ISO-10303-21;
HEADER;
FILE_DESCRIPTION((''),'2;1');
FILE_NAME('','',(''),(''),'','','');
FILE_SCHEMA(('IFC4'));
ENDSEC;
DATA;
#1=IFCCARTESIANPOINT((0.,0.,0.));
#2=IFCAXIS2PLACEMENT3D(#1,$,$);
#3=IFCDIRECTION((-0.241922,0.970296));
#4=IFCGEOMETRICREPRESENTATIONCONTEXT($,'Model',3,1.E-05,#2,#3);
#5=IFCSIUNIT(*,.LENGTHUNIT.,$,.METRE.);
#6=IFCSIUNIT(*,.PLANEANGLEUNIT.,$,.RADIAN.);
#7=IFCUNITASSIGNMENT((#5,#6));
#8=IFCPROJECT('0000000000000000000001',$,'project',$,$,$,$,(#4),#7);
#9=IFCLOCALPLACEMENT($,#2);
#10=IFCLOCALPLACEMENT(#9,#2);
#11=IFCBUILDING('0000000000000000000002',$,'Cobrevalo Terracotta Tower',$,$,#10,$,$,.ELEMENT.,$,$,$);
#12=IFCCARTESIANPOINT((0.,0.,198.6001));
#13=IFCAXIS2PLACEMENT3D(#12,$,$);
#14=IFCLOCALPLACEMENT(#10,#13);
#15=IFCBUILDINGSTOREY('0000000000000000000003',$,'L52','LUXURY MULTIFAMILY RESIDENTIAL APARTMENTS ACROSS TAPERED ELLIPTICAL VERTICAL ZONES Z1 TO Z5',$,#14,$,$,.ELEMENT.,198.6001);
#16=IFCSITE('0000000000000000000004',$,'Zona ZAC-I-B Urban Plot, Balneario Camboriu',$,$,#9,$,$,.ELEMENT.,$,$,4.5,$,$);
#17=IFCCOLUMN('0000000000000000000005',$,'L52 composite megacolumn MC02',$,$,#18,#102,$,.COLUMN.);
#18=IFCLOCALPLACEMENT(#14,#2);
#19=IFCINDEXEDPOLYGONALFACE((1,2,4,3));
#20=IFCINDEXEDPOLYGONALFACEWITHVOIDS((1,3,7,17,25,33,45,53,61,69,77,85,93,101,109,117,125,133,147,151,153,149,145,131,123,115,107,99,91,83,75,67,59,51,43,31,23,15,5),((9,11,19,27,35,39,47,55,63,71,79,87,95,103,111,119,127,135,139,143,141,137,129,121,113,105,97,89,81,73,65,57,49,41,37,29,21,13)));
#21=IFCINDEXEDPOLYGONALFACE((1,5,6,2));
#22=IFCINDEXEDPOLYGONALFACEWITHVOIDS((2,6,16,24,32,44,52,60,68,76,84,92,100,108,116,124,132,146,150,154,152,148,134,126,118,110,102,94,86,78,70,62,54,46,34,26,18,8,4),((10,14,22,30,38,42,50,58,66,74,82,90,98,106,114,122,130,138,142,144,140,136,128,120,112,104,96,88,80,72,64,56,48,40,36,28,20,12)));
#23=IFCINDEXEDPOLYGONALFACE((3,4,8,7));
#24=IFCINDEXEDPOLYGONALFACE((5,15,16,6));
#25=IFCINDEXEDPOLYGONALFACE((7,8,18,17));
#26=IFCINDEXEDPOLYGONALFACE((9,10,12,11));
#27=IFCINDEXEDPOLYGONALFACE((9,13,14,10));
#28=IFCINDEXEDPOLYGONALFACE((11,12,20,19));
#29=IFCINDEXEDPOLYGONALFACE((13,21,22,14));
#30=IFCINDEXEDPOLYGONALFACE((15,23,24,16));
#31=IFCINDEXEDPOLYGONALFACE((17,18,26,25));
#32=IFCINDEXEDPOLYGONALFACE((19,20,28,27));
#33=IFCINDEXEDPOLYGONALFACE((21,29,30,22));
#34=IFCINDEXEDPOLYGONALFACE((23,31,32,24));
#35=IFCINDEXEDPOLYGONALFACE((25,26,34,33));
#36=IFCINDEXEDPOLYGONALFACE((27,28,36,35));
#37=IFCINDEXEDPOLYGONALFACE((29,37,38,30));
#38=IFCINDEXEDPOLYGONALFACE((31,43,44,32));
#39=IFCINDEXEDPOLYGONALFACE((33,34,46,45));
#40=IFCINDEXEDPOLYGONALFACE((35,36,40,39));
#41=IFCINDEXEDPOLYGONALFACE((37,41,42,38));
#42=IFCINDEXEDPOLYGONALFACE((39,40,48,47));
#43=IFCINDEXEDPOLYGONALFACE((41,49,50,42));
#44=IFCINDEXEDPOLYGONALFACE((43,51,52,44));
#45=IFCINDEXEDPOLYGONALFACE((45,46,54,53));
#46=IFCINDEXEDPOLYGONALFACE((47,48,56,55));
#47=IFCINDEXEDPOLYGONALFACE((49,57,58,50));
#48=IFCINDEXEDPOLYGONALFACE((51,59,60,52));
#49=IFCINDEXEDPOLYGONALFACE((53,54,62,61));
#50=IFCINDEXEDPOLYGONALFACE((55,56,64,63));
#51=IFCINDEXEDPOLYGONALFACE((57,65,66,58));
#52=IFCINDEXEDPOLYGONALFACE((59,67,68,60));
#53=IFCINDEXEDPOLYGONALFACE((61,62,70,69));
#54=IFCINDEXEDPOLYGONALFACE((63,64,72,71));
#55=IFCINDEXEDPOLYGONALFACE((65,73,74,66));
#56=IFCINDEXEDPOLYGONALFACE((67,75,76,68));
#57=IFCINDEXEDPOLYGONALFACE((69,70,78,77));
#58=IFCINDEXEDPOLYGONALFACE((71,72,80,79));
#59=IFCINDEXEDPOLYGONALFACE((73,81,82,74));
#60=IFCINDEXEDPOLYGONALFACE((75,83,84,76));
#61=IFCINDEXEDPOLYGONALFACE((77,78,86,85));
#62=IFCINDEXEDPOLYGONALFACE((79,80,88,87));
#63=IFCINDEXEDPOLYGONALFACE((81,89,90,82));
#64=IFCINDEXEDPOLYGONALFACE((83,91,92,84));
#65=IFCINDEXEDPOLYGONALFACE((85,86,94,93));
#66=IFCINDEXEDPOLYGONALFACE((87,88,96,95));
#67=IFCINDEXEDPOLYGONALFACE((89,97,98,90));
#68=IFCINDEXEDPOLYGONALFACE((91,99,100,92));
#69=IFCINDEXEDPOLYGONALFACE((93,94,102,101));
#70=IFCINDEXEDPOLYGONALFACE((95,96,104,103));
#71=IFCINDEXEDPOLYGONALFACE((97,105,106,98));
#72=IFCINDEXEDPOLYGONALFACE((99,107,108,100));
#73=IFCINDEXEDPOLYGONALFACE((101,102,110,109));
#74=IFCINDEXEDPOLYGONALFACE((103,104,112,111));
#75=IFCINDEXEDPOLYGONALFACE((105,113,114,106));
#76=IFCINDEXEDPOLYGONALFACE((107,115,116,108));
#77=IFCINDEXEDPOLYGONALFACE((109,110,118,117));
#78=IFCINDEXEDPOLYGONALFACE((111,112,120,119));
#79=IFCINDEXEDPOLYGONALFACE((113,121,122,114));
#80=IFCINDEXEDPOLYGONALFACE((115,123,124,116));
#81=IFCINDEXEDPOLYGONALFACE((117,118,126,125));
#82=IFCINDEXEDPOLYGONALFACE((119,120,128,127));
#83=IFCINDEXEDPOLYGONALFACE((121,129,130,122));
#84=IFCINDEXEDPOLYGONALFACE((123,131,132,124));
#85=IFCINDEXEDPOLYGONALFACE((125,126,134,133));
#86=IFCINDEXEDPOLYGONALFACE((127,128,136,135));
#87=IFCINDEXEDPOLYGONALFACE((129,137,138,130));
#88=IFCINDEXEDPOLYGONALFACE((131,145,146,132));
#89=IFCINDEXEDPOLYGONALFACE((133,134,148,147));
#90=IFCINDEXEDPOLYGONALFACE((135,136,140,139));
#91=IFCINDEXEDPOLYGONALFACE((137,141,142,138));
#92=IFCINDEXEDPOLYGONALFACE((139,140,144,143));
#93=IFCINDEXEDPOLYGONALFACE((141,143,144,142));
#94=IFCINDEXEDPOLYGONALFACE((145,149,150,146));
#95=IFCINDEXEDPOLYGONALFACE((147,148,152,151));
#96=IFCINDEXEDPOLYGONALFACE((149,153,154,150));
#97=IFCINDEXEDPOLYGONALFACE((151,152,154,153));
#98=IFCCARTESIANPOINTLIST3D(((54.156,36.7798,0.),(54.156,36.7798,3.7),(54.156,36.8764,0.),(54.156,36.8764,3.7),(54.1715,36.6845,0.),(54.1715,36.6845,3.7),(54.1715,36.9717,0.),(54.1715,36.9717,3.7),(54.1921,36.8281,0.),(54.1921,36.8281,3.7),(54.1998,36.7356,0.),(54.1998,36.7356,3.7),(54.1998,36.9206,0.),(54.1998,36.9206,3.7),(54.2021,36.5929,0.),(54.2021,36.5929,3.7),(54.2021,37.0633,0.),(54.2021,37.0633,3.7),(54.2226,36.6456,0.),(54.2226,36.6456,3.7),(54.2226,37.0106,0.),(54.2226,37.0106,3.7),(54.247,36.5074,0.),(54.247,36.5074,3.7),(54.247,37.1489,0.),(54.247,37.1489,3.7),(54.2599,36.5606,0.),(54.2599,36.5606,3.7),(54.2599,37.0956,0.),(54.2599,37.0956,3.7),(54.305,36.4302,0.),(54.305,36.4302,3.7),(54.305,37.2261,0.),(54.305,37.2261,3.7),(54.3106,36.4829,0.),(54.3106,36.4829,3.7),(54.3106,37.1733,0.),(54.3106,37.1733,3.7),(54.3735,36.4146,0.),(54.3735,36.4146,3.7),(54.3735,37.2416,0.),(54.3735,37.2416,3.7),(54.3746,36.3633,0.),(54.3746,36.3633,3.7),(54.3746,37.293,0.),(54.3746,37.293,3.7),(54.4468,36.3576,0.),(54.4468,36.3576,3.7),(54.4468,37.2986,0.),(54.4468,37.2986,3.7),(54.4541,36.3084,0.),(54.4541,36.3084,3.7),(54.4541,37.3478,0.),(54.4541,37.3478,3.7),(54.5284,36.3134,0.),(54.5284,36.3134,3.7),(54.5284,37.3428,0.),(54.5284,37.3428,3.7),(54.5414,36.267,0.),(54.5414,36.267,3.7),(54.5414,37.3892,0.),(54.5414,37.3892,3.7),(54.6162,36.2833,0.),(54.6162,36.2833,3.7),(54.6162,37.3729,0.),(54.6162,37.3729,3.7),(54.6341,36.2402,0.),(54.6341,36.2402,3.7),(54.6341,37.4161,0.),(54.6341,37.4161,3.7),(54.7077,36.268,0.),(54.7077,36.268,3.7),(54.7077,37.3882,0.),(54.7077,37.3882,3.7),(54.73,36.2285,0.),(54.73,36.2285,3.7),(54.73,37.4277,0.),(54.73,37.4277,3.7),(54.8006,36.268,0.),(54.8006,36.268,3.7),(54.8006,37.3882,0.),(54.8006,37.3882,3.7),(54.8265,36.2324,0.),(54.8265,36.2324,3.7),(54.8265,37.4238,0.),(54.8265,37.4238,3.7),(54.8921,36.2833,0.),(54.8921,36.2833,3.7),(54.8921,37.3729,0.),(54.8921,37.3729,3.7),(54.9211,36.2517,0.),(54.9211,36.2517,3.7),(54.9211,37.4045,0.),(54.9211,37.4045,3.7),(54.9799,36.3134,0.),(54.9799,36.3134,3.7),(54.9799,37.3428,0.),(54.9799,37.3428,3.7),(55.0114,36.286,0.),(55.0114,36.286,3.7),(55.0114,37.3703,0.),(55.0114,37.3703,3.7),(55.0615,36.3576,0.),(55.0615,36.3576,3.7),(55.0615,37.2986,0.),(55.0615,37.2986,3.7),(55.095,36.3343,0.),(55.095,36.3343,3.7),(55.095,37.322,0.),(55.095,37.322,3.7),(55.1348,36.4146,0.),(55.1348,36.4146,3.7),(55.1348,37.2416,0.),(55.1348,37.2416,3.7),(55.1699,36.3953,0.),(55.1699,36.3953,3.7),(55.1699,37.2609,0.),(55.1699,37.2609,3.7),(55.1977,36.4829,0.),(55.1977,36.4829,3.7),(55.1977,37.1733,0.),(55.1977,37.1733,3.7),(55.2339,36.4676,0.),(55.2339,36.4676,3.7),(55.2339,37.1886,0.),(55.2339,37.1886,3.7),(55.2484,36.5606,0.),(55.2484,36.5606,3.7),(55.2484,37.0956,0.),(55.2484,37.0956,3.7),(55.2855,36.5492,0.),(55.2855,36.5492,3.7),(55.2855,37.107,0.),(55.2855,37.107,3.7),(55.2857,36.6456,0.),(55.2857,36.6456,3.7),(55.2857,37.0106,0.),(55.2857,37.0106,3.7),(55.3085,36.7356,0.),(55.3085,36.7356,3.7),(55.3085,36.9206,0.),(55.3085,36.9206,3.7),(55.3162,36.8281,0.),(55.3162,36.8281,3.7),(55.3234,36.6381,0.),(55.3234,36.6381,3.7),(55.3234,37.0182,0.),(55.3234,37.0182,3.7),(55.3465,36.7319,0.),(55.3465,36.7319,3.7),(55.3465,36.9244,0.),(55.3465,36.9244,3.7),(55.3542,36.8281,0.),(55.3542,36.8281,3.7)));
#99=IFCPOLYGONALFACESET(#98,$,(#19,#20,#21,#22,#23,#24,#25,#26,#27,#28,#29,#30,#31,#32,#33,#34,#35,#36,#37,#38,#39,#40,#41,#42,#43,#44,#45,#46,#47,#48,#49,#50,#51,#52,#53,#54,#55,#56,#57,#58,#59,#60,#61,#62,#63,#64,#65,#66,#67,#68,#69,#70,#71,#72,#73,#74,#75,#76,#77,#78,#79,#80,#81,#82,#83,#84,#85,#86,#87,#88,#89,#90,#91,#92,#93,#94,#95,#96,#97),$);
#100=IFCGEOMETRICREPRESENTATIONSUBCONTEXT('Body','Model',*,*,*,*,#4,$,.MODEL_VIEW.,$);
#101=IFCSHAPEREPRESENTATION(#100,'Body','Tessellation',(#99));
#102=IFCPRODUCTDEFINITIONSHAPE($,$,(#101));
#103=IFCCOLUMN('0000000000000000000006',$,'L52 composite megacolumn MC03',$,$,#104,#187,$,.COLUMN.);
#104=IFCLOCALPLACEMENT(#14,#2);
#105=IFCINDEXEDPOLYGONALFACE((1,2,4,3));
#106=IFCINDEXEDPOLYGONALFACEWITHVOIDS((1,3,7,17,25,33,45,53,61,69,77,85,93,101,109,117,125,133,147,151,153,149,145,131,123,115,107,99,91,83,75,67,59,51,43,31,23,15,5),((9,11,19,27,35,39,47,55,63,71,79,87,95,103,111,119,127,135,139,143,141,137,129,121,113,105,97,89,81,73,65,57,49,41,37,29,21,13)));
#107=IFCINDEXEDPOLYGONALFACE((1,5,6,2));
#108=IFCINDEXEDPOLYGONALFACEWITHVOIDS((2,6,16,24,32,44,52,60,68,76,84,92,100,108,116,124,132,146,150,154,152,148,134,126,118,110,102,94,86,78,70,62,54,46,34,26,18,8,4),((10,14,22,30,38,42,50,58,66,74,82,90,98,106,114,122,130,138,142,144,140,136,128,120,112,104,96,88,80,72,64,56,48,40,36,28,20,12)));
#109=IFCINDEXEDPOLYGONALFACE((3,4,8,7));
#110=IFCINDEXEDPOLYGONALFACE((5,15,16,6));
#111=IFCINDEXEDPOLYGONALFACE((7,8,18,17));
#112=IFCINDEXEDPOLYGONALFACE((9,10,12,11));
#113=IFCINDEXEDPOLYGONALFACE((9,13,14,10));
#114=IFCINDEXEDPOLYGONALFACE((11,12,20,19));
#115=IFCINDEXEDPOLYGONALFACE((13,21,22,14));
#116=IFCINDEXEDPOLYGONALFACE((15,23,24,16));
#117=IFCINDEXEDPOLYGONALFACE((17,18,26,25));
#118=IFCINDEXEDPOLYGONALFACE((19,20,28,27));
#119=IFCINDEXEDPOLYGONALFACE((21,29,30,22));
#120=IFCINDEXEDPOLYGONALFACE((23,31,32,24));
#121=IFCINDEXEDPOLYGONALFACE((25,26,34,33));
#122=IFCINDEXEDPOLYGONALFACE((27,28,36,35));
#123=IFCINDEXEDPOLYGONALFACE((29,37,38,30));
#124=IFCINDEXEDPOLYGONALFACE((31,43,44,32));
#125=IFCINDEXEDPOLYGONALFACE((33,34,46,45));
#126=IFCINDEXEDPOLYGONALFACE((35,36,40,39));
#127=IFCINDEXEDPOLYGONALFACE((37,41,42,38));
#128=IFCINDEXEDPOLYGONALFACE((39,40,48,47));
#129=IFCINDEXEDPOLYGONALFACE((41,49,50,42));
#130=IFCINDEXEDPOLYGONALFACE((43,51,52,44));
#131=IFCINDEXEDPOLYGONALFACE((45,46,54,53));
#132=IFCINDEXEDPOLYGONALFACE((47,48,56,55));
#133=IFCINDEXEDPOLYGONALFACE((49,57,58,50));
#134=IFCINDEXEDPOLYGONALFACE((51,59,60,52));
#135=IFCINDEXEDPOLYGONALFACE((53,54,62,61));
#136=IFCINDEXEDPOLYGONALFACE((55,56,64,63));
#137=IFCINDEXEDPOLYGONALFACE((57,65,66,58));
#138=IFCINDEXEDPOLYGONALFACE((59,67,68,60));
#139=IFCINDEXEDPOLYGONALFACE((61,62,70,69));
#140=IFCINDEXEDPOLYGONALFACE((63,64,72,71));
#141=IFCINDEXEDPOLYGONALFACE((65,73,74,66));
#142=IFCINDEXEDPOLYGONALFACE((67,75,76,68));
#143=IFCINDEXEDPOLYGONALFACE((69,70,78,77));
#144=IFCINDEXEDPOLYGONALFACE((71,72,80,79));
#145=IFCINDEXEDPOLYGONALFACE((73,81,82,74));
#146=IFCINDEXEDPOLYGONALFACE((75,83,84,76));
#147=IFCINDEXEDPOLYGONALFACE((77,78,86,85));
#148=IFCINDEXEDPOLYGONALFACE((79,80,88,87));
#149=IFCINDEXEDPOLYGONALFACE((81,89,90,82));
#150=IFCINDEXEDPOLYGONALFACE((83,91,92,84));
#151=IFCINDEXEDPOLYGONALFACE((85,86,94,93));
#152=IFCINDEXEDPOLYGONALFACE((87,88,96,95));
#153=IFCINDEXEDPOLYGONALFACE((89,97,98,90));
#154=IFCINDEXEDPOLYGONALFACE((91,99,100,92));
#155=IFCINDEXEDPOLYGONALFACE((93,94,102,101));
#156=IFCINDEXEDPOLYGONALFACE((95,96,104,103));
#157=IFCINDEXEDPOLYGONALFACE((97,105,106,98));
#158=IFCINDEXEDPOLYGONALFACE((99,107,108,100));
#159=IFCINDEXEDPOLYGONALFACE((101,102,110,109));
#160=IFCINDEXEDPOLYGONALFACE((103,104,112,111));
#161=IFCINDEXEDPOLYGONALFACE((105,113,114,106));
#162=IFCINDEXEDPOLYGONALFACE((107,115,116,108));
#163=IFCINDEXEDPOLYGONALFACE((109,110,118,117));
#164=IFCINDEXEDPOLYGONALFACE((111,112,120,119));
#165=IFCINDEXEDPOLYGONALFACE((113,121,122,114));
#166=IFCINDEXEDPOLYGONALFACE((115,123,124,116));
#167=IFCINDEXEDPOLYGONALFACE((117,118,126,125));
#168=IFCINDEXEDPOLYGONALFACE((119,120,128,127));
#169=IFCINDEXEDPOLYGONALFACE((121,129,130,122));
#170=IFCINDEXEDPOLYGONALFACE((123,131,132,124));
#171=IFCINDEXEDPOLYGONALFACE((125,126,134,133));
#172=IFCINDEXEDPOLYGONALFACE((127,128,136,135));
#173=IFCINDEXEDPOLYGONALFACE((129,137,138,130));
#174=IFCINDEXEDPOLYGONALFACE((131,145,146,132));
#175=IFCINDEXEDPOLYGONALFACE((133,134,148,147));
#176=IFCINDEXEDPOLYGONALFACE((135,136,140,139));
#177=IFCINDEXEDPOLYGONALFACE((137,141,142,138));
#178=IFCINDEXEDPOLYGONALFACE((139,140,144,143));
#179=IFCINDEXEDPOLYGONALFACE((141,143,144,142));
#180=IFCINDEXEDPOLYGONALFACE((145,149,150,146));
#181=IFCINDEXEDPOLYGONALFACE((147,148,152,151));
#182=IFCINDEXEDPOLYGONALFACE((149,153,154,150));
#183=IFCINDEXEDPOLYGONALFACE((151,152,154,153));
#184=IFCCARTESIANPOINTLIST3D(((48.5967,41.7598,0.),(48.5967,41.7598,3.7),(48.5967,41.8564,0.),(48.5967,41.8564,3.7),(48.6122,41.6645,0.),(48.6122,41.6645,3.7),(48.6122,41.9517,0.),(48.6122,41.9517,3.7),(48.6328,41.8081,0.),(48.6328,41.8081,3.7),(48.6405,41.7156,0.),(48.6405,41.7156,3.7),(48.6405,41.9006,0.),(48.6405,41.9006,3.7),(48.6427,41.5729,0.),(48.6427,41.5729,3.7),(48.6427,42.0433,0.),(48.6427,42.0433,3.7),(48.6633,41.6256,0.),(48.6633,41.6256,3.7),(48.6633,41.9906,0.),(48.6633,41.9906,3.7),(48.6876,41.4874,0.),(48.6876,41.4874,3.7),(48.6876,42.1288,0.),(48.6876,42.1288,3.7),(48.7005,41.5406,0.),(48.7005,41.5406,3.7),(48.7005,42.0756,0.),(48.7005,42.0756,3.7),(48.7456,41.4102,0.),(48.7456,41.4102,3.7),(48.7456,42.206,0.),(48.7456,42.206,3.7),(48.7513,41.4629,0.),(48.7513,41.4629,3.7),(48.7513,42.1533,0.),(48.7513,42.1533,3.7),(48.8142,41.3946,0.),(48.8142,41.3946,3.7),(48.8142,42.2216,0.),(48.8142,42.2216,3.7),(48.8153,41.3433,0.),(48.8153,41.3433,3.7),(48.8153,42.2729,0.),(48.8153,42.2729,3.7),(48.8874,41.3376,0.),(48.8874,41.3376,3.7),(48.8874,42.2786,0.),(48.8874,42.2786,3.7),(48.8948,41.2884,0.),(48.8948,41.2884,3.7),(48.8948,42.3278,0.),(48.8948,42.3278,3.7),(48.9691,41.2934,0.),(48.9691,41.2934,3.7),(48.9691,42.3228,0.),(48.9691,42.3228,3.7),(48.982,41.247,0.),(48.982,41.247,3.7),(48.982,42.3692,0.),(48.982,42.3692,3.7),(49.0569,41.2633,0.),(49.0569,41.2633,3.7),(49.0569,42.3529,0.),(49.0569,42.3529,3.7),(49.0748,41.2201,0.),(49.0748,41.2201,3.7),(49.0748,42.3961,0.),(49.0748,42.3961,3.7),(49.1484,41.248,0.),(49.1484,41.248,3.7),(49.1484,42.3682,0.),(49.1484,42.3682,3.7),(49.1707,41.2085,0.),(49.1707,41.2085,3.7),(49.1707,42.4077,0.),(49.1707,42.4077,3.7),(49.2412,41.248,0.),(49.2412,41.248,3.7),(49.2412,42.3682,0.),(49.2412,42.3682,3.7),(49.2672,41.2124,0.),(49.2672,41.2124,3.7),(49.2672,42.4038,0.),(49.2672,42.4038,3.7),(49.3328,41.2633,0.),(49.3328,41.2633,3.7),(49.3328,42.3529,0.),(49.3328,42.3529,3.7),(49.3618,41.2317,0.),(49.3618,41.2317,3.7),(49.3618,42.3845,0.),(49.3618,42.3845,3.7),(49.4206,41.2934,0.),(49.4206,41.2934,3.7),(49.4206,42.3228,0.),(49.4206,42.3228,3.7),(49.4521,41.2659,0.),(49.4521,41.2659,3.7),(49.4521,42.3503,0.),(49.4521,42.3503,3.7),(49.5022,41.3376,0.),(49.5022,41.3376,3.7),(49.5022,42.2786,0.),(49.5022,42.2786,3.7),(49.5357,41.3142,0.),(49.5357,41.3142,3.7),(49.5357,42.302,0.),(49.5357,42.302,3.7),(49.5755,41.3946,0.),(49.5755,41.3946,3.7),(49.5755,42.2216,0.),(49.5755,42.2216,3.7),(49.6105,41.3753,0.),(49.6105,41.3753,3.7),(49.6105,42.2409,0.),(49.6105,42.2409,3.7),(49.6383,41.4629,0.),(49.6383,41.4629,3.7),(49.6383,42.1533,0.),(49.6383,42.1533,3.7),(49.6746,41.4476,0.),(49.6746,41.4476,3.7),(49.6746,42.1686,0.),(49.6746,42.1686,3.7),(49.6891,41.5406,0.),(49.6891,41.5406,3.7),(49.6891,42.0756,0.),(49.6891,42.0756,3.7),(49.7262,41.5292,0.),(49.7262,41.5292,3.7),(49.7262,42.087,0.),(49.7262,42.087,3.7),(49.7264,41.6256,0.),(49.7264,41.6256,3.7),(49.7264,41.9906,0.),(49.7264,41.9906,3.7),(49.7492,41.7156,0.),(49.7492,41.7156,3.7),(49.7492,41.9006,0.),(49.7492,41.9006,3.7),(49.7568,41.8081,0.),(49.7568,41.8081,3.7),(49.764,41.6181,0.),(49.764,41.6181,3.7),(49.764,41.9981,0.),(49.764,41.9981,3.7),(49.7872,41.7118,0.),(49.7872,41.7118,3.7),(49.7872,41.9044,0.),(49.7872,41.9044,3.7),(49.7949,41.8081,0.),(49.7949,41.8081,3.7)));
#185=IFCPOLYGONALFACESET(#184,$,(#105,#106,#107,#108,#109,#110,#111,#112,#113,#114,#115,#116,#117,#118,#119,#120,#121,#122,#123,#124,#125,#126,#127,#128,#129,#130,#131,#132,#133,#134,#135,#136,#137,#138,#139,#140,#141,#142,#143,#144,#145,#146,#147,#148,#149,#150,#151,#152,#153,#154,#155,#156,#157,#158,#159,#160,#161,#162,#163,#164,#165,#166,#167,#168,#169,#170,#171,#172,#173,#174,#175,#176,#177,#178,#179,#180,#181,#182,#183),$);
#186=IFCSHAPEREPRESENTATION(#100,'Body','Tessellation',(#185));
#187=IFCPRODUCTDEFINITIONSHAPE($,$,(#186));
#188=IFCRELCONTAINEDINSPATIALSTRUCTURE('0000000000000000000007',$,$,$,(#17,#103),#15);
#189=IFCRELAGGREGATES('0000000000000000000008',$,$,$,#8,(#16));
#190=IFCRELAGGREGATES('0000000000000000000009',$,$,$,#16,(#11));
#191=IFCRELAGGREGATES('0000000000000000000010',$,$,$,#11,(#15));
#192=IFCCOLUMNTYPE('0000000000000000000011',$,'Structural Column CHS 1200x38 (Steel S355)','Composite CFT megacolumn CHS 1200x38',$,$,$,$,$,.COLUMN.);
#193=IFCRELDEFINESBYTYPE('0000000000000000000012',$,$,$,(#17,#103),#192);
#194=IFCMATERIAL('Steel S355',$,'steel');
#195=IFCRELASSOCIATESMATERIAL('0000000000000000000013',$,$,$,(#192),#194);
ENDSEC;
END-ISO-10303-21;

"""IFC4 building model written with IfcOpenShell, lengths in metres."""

from ifc_helpers import new_model, si_unit, direction, frame, origin, origin_2d, place, context, subcontext, project, spatial, hollow_circle, extrude, material, material_profile, profile_set, type_object, element, save


model = new_model("IFC4")

# Units and contexts
model_context = context("Model", 3, precision=1e-05, world=origin(), true_north=direction((-0.241922, 0.970296)))
body_context = subcontext(model_context, "Body", "Model", "MODEL_VIEW")
ifc_project = project(units=[si_unit("LENGTHUNIT", "METRE"), si_unit("PLANEANGLEUNIT", "RADIAN")], contexts=[model_context])

# Site, building, storey
site_placement = place(None, origin())
site = spatial("IfcSite", under=ifc_project, at=site_placement, Name="Zona ZAC-I-B Urban Plot, Balneario Camboriu", CompositionType="ELEMENT", RefElevation=4.5)
building_placement = place(site_placement, origin())
building = spatial("IfcBuilding", under=site, at=building_placement, Name="Cobrevalo Terracotta Tower", CompositionType="ELEMENT")
storey_placement = place(building_placement, frame((0.0, 0.0, 198.6001)))
storey = spatial("IfcBuildingStorey", under=building, at=storey_placement, Name="L52", Description="LUXURY MULTIFAMILY RESIDENTIAL APARTMENTS ACROSS TAPERED ELLIPTICAL VERTICAL ZONES Z1 TO Z5", CompositionType="ELEMENT", Elevation=198.6001)

# Columns
ifc_material_1 = material(Name="Steel S355", Category="steel")
ifc_material_profile_1 = material_profile(ifc_material_1, hollow_circle(Radius=0.6001, WallThickness=0.0381, at=origin_2d()), Name="CHS 1200x38")
ifc_profile_set_1 = profile_set([ifc_material_profile_1], Name="Steel S355")
column_type = type_object("IfcColumnType", Name="Structural Column CHS 1200x38 (Steel S355)", Description="Composite CFT megacolumn CHS 1200x38", PredefinedType="COLUMN", material=ifc_profile_set_1)
for number, where, z_axis, x_axis, name in (
    (1, (54.7542, 36.8281, 0.0), (0.0, 0.0, 1.0), (1.0, 0.0, 0.0), "L52 composite megacolumn MC02"),
    (2, (49.1948, 41.8081, 0.0), (0.0, 0.0, 1.0), (1.0, 0.0, 0.0), "L52 composite megacolumn MC03"),
):
    element("IfcColumn", number, at=place(storey_placement, frame(where, z_axis=z_axis, x_axis=x_axis)), inside=storey, type_object=column_type, Name=name, PredefinedType="COLUMN", context=body_context, shape_type="SweptSolid", body=[
        extrude(hollow_circle(Radius=0.6001, WallThickness=0.0381, at=origin_2d()), origin(), (0.0, 0.0, 1.0), 3.7),
    ])

save(model, "model.ifc")
